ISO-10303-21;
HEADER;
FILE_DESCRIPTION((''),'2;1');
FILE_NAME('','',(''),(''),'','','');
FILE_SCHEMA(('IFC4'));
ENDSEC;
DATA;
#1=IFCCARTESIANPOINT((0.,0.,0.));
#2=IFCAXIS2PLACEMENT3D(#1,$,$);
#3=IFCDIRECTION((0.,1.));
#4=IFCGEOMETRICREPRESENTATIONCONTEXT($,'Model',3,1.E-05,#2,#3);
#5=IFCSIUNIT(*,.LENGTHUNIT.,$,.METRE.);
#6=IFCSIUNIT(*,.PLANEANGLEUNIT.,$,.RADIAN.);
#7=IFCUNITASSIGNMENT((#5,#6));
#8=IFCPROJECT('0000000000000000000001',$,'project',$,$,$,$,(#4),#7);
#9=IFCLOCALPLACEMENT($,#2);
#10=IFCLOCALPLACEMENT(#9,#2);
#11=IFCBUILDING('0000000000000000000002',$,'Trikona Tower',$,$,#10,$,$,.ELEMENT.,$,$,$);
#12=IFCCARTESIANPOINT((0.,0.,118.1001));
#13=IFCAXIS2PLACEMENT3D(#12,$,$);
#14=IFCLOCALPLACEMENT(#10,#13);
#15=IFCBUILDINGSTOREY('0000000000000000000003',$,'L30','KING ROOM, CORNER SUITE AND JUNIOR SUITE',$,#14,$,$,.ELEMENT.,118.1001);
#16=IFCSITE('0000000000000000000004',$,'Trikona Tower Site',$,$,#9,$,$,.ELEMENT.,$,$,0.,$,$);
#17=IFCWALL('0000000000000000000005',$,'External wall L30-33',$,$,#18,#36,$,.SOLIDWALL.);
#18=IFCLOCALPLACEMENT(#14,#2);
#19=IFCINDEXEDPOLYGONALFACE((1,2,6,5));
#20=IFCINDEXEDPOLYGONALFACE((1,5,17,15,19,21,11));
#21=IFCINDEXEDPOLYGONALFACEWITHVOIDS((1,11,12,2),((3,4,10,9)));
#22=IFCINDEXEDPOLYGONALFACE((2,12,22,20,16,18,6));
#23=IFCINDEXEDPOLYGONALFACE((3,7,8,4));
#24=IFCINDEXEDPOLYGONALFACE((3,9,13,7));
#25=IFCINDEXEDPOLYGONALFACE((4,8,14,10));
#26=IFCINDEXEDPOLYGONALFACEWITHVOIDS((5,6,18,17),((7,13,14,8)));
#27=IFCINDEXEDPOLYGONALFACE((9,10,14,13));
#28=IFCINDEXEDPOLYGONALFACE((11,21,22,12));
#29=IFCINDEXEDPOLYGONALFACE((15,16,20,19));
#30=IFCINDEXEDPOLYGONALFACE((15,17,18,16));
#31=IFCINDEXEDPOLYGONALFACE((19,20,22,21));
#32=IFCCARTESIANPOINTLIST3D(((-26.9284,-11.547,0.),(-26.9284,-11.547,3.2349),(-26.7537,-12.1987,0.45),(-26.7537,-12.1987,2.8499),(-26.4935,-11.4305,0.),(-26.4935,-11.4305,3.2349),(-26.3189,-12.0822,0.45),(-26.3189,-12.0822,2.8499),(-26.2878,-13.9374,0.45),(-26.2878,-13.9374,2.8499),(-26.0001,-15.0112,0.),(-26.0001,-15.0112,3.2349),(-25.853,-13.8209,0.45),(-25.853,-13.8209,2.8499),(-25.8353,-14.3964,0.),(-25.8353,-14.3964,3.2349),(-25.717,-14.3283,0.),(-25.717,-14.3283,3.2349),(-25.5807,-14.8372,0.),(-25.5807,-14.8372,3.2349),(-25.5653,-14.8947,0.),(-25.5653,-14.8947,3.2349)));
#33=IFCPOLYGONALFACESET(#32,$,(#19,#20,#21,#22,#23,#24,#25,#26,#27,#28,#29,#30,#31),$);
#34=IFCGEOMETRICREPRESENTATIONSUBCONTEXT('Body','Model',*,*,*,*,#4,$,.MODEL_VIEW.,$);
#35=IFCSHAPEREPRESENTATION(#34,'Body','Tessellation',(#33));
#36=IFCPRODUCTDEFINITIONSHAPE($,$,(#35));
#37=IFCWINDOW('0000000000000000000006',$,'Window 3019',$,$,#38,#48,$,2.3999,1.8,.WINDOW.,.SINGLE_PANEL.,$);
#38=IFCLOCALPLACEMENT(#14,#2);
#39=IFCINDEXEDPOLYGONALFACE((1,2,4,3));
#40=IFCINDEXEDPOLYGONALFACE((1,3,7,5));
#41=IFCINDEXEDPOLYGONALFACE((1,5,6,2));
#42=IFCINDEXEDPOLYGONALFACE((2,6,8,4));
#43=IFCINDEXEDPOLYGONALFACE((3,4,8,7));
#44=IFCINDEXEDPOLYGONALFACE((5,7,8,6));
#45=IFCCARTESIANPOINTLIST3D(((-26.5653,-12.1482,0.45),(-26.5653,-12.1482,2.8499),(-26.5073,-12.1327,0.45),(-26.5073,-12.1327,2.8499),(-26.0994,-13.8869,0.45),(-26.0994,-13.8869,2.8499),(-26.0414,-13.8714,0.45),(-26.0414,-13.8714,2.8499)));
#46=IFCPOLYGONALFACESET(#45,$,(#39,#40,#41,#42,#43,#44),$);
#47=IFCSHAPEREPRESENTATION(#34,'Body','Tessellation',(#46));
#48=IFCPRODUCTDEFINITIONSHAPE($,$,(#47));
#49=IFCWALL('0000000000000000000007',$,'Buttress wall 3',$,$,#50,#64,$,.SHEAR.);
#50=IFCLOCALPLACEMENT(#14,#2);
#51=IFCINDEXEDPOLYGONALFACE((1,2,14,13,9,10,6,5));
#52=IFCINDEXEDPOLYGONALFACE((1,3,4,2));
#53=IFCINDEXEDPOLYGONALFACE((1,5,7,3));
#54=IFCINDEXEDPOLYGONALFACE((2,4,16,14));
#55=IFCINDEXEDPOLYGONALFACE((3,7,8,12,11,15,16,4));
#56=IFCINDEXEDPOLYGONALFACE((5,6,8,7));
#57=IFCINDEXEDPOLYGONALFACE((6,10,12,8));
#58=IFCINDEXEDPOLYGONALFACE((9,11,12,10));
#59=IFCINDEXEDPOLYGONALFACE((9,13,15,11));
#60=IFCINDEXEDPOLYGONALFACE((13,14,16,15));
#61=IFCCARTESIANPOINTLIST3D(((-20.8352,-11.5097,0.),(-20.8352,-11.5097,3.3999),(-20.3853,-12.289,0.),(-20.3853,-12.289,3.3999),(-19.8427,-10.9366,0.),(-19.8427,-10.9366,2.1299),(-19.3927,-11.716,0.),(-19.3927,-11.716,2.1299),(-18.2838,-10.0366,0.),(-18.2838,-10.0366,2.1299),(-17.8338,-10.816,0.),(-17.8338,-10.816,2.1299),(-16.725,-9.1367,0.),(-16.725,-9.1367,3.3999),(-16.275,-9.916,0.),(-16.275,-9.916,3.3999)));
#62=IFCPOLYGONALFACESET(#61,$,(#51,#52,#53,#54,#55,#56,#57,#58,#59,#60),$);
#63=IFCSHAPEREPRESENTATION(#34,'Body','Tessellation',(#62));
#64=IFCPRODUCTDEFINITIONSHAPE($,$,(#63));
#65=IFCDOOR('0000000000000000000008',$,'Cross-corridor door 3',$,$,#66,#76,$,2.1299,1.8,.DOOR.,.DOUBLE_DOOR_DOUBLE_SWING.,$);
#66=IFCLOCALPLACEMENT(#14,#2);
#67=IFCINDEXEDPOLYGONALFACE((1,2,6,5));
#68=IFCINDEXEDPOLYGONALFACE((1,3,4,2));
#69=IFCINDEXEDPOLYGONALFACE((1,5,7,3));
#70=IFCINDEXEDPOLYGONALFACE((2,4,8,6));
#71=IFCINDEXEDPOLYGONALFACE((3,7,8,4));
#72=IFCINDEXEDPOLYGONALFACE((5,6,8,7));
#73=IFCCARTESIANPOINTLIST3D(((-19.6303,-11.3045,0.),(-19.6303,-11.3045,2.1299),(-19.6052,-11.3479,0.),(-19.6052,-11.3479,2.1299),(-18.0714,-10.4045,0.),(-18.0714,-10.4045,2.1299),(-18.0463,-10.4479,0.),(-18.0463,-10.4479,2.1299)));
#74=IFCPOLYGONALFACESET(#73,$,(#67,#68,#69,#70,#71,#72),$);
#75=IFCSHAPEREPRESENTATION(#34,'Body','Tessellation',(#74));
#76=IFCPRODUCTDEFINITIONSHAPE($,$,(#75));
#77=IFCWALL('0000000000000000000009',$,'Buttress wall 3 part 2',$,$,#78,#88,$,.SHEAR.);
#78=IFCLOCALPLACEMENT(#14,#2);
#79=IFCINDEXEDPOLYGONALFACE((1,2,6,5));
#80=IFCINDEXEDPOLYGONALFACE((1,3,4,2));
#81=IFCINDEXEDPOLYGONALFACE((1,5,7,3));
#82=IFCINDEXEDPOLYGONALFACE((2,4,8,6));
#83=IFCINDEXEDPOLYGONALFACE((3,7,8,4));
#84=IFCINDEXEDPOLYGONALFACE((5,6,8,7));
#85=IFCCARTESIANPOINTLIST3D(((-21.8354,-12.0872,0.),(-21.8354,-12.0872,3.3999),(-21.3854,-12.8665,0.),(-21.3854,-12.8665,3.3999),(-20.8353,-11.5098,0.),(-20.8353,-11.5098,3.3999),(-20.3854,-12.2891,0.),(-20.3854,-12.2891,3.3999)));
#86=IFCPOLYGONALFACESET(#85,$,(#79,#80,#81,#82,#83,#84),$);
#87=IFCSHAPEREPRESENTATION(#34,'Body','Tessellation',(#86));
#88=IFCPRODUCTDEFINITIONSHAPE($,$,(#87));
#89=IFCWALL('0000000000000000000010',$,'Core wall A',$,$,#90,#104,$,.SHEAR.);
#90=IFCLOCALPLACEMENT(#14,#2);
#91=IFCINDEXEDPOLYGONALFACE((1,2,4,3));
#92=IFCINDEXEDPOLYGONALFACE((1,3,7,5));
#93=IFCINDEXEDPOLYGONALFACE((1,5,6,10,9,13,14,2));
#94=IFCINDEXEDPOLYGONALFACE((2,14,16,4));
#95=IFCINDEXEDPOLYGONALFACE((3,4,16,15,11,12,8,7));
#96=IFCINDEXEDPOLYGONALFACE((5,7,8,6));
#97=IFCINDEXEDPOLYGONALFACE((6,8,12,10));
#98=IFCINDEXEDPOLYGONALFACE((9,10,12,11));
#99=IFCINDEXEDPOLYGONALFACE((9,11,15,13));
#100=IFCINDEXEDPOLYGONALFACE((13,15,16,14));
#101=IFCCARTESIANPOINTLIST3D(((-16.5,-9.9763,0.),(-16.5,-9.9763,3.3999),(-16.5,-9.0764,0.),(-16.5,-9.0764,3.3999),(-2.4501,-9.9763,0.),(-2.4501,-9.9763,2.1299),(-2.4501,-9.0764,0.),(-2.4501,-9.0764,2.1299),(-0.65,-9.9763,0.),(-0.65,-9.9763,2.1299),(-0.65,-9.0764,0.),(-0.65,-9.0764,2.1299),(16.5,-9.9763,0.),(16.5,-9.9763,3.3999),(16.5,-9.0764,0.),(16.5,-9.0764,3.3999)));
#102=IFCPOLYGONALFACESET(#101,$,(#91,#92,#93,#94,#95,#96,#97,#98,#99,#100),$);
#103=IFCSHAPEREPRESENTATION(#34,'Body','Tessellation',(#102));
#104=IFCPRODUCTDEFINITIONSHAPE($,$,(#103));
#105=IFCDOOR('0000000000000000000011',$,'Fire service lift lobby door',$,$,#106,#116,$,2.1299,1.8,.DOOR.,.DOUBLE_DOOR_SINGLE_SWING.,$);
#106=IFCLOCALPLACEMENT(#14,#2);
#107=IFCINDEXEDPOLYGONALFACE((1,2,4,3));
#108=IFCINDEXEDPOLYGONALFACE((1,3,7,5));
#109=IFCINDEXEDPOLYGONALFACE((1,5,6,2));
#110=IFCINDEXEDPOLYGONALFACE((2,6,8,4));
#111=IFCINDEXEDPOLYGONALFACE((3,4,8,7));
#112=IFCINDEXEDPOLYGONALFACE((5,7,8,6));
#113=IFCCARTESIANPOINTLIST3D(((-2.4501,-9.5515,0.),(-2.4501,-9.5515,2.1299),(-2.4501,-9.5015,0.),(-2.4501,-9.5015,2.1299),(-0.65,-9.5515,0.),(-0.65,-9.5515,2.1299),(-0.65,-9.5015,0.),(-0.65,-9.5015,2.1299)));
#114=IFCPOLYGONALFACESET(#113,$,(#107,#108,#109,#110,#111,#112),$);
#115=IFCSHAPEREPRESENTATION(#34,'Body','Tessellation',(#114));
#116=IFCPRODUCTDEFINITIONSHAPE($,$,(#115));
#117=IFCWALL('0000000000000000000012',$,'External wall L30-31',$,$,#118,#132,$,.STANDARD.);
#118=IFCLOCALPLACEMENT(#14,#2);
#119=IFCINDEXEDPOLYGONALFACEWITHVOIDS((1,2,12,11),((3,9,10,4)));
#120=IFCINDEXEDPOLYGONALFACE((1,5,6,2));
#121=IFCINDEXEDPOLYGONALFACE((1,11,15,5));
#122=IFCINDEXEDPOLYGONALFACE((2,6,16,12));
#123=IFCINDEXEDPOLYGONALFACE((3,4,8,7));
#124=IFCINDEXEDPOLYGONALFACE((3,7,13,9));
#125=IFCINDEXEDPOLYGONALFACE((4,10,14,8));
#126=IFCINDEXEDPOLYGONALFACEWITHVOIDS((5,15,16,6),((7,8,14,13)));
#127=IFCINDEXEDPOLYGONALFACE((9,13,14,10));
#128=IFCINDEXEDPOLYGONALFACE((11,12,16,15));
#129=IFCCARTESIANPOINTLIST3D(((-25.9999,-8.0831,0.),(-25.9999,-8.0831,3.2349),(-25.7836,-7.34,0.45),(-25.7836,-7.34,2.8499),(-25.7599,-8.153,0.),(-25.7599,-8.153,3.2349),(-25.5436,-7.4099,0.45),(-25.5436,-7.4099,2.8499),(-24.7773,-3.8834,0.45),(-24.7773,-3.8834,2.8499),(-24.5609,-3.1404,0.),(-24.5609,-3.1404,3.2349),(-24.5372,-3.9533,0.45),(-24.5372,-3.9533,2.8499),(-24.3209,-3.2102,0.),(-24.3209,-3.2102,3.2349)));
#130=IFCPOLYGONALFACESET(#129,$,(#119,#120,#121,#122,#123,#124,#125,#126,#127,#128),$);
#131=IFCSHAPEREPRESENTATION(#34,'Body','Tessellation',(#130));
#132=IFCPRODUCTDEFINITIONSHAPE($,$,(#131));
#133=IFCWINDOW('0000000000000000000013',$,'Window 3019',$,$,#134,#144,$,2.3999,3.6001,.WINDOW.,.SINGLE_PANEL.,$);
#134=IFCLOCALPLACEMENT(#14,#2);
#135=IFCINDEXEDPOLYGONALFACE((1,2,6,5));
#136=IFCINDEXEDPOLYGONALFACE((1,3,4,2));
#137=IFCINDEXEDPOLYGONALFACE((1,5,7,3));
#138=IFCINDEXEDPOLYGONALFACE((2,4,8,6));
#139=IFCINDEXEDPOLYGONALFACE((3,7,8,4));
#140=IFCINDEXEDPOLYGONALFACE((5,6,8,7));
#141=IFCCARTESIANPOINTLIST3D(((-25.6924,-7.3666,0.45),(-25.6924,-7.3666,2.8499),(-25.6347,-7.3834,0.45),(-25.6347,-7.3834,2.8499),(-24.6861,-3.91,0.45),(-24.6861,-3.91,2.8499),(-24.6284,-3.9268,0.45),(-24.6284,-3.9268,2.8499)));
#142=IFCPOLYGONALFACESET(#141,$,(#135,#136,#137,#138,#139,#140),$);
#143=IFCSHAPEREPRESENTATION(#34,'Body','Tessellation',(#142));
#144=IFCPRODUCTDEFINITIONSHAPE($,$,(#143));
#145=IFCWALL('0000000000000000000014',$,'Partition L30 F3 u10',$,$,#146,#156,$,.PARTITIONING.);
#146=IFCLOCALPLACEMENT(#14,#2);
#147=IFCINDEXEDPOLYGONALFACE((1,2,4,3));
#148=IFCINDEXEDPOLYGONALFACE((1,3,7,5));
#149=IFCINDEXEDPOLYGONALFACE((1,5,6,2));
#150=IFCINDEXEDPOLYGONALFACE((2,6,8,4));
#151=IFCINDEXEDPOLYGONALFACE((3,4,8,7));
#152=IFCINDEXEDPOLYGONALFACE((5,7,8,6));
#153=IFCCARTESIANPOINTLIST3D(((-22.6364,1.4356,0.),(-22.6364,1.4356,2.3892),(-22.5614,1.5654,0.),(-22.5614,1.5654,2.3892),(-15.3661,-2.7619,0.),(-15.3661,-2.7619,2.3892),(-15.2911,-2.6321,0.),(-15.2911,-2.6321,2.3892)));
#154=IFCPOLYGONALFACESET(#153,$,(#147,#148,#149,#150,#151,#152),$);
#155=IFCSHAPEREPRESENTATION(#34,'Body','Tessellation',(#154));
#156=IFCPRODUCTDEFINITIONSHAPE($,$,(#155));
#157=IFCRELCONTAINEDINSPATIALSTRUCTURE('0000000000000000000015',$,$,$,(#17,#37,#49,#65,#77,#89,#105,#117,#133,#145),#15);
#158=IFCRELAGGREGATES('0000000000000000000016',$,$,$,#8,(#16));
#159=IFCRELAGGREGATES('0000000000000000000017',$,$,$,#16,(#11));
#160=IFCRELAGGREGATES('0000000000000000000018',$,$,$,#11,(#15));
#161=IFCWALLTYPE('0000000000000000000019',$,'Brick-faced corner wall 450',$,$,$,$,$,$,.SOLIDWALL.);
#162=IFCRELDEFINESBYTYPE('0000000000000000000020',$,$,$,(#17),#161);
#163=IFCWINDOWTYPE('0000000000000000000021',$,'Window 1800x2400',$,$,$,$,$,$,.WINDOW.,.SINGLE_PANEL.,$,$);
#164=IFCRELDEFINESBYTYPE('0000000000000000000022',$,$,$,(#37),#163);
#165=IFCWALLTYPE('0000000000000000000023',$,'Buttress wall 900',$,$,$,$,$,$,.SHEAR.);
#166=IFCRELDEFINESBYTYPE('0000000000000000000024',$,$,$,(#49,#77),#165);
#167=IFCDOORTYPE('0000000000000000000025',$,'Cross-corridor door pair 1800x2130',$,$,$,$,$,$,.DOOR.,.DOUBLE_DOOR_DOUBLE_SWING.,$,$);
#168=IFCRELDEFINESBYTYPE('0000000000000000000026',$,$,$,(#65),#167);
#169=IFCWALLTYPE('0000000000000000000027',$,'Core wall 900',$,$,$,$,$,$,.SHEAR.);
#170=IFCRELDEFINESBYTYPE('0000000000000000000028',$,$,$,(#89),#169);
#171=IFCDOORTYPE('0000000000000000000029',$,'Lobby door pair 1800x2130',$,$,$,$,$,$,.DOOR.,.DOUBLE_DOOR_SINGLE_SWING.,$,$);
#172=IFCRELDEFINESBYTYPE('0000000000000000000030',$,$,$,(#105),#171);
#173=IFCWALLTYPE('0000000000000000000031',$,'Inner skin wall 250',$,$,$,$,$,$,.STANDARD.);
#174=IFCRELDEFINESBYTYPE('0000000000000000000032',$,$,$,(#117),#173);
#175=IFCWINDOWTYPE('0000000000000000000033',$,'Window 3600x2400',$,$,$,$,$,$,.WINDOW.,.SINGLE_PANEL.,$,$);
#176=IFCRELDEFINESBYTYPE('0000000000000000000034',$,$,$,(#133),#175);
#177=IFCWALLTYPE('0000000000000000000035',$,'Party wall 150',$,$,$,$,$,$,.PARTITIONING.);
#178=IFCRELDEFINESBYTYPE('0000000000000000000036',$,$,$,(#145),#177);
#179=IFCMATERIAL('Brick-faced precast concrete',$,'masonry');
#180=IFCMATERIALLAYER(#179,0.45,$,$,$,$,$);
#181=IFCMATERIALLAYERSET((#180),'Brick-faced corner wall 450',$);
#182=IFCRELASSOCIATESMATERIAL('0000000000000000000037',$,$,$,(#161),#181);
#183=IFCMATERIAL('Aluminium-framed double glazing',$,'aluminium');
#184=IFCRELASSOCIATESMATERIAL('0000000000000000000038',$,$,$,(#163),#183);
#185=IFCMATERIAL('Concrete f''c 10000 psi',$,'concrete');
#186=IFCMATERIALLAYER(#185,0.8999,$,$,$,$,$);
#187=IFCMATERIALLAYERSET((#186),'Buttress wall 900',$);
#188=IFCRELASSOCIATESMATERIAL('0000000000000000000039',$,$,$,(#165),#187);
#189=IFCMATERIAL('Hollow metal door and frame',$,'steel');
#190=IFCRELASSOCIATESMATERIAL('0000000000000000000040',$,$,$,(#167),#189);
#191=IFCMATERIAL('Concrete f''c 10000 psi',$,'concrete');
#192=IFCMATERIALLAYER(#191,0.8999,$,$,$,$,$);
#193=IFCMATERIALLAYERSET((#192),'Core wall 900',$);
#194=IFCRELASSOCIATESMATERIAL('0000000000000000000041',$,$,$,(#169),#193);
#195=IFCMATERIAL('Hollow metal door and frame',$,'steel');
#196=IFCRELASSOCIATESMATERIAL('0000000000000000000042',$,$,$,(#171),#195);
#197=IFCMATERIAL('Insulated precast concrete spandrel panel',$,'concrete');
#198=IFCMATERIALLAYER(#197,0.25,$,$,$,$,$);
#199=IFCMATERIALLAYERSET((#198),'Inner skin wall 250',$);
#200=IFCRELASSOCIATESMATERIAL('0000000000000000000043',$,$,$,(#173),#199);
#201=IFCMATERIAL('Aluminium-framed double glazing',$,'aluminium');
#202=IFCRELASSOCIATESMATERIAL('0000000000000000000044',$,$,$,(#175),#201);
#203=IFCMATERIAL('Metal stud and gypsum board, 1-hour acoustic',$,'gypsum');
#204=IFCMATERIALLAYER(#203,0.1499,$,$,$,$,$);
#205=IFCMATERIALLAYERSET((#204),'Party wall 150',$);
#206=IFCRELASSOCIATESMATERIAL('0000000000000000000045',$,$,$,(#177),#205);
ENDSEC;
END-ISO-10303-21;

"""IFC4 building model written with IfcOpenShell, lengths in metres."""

from ifc_helpers import new_model, si_unit, direction, frame, frame_2d, origin, place, context, subcontext, project, spatial, polyline, rectangle, outline, extrude, material, layer, layer_set, type_object, element, fill, save


model = new_model("IFC4")

# Units and contexts
model_context = context("Model", 3, precision=1e-05, world=origin(), true_north=direction((0.0, 1.0)))
body_context = subcontext(model_context, "Body", "Model", "MODEL_VIEW")
ifc_project = project(units=[si_unit("LENGTHUNIT", "METRE"), si_unit("PLANEANGLEUNIT", "RADIAN")], contexts=[model_context])

# Site, building, storey
site_placement = place(None, origin())
site = spatial("IfcSite", under=ifc_project, at=site_placement, Name="Trikona Tower Site", CompositionType="ELEMENT", RefElevation=0.0)
building_placement = place(site_placement, origin())
building = spatial("IfcBuilding", under=site, at=building_placement, Name="Trikona Tower", CompositionType="ELEMENT")
storey_placement = place(building_placement, frame((0.0, 0.0, 118.1001)))
storey = spatial("IfcBuildingStorey", under=building, at=storey_placement, Name="L30", Description="KING ROOM, CORNER SUITE AND JUNIOR SUITE", CompositionType="ELEMENT", Elevation=118.1001)

# Wall, opening, window
ifc_material_1 = material(Name="Brick-faced precast concrete", Category="masonry")
ifc_layer_1 = layer(ifc_material_1, 0.45)
ifc_layer_set_1 = layer_set([ifc_layer_1], Name="Brick-faced corner wall 450")
wall_type_1 = type_object("IfcWallType", Name="Brick-faced corner wall 450", PredefinedType="SOLIDWALL", material=ifc_layer_set_1)
wall_1_placement = place(storey_placement, frame((-26.7109, -11.4888, 0.0), z_axis=(0.0, 0.0, 1.0), x_axis=(0.258823, -0.965925, 0.0)))
wall_1 = element("IfcWall", 1, at=wall_1_placement, inside=storey, type_object=wall_type_1, Name="External wall L30-33", PredefinedType="SOLIDWALL", context=body_context, shape_type="SweptSolid", body=[
    extrude(outline(polyline([(3.5864, 0.2251), (3.5269, 0.2251), (3.0352, 0.0933), (3.0, 0.2251), (0.0, 0.2251), (0.0, -0.2251), (3.5864, -0.2251), (3.5864, 0.2251)])), origin(), (0.0, 0.0, 1.0), 3.2349),
])
opening_1_placement = place(wall_1_placement, frame((0.6748, 0.0, 0.45)))
opening_1 = element("IfcOpeningElement", 2, at=opening_1_placement, cuts=wall_1, PredefinedType="OPENING", context=body_context, shape_type="SweptSolid", body=[
    extrude(rectangle(XDim=1.8, YDim=2.3999, at=frame_2d((0.8999, 1.2))), frame((0.0, 0.2349, 0.0), z_axis=(0.0, -1.0, 0.0), x_axis=(1.0, 0.0, 0.0)), (0.0, 0.0, 1.0), 0.47),
])
ifc_material_2 = material(Name="Aluminium-framed double glazing", Category="aluminium")
window_type_1 = type_object("IfcWindowType", Name="Window 1800x2400", PartitioningType="SINGLE_PANEL", PredefinedType="WINDOW", material=ifc_material_2)
window_1_placement = place(opening_1_placement, origin())
window_1 = element("IfcWindow", 3, at=window_1_placement, inside=storey, type_object=window_type_1, Name="Window 3019", OverallHeight=2.3999, OverallWidth=1.8, PartitioningType="SINGLE_PANEL", PredefinedType="WINDOW", context=body_context, shape_type="SweptSolid", body=[
    extrude(rectangle(XDim=1.8, YDim=2.3999, at=frame_2d((0.8999, 1.2))), frame((0.0, 0.03, 0.0), z_axis=(0.0, -1.0, 0.0), x_axis=(1.0, 0.0, 0.0)), (0.0, 0.0, 1.0), 0.0601),
])
fill(opening_1, window_1)

# Wall, opening, door
ifc_material_3 = material(Name="Concrete f'c 10000 psi", Category="concrete")
ifc_layer_2 = layer(ifc_material_3, 0.8999)
ifc_layer_set_2 = layer_set([ifc_layer_2], Name="Buttress wall 900")
wall_type_2 = type_object("IfcWallType", Name="Buttress wall 900", PredefinedType="SHEAR", material=ifc_layer_set_2)
wall_2_placement = place(storey_placement, frame((-16.5, -9.5264, 0.0), z_axis=(0.0, 0.0, 1.0), x_axis=(-0.866031, -0.49999, 0.0)))
wall_2 = element("IfcWall", 4, at=wall_2_placement, inside=storey, type_object=wall_type_2, Name="Buttress wall 3", PredefinedType="SHEAR", context=body_context, shape_type="SweptSolid", body=[
    extrude(rectangle(XDim=4.7461, YDim=0.8999, at=frame_2d((2.373, 0.0))), origin(), (0.0, 0.0, 1.0), 3.3999),
])
opening_2_placement = place(wall_2_placement, frame((1.8, 0.0, 0.0)))
opening_2 = element("IfcOpeningElement", 5, at=opening_2_placement, cuts=wall_2, PredefinedType="OPENING", context=body_context, shape_type="SweptSolid", body=[
    extrude(rectangle(XDim=1.8, YDim=2.1299, at=frame_2d((0.8999, 1.0649))), frame((0.0, 0.46, 0.0), z_axis=(0.0, -1.0, 0.0), x_axis=(1.0, 0.0, 0.0)), (0.0, 0.0, 1.0), 0.9199),
])
ifc_material_4 = material(Name="Hollow metal door and frame", Category="steel")
door_type_1 = type_object("IfcDoorType", Name="Cross-corridor door pair 1800x2130", OperationType="DOUBLE_DOOR_DOUBLE_SWING", PredefinedType="DOOR", material=ifc_material_4)
door_1_placement = place(opening_2_placement, origin())
door_1 = element("IfcDoor", 6, at=door_1_placement, inside=storey, type_object=door_type_1, Name="Cross-corridor door 3", OperationType="DOUBLE_DOOR_DOUBLE_SWING", OverallHeight=2.1299, OverallWidth=1.8, PredefinedType="DOOR", context=body_context, shape_type="SweptSolid", body=[
    extrude(rectangle(XDim=1.8, YDim=2.1299, at=frame_2d((0.8999, 1.0649))), frame((0.0, 0.0249, 0.0), z_axis=(0.0, -1.0, 0.0), x_axis=(1.0, 0.0, 0.0)), (0.0, 0.0, 1.0), 0.05),
])
fill(opening_2, door_1)

# Wall
wall_3_placement = place(storey_placement, frame((-20.6104, -11.8994, 0.0), z_axis=(0.0, 0.0, 1.0), x_axis=(-0.86601, -0.500027, 0.0)))
element("IfcWall", 7, at=wall_3_placement, inside=storey, type_object=wall_type_2, Name="Buttress wall 3 part 2", PredefinedType="SHEAR", context=body_context, shape_type="SweptSolid", body=[
    extrude(rectangle(XDim=1.1548, YDim=0.8999, at=frame_2d((0.5774, 0.0))), origin(), (0.0, 0.0, 1.0), 3.3999),
])

# Wall, opening, door
ifc_material_5 = material(Name="Concrete f'c 10000 psi", Category="concrete")
ifc_layer_3 = layer(ifc_material_5, 0.8999)
ifc_layer_set_3 = layer_set([ifc_layer_3], Name="Core wall 900")
wall_type_3 = type_object("IfcWallType", Name="Core wall 900", PredefinedType="SHEAR", material=ifc_layer_set_3)
wall_4_placement = place(storey_placement, frame((-16.5, -9.5264, 0.0), z_axis=(0.0, 0.0, 1.0), x_axis=(1.0, 0.0, 0.0)))
wall_4 = element("IfcWall", 8, at=wall_4_placement, inside=storey, type_object=wall_type_3, Name="Core wall A", PredefinedType="SHEAR", context=body_context, shape_type="SweptSolid", body=[
    extrude(rectangle(XDim=33.0, YDim=0.8999, at=frame_2d((16.5, 0.0))), origin(), (0.0, 0.0, 1.0), 3.3999),
])
opening_3_placement = place(wall_4_placement, frame((14.05, 0.0, 0.0)))
opening_3 = element("IfcOpeningElement", 9, at=opening_3_placement, cuts=wall_4, PredefinedType="OPENING", context=body_context, shape_type="SweptSolid", body=[
    extrude(rectangle(XDim=1.8, YDim=2.1299, at=frame_2d((0.8999, 1.0649))), frame((0.0, 0.46, 0.0), z_axis=(0.0, -1.0, 0.0), x_axis=(1.0, 0.0, 0.0)), (0.0, 0.0, 1.0), 0.9199),
])
ifc_material_6 = material(Name="Hollow metal door and frame", Category="steel")
door_type_2 = type_object("IfcDoorType", Name="Lobby door pair 1800x2130", OperationType="DOUBLE_DOOR_SINGLE_SWING", PredefinedType="DOOR", material=ifc_material_6)
door_2_placement = place(opening_3_placement, origin())
door_2 = element("IfcDoor", 10, at=door_2_placement, inside=storey, type_object=door_type_2, Name="Fire service lift lobby door", OperationType="DOUBLE_DOOR_SINGLE_SWING", OverallHeight=2.1299, OverallWidth=1.8, PredefinedType="DOOR", context=body_context, shape_type="SweptSolid", body=[
    extrude(rectangle(XDim=1.8, YDim=2.1299, at=frame_2d((0.8999, 1.0649))), frame((0.0, 0.0249, 0.0), z_axis=(0.0, -1.0, 0.0), x_axis=(1.0, 0.0, 0.0)), (0.0, 0.0, 1.0), 0.05),
])
fill(opening_3, door_2)

# Wall, opening, window
ifc_material_7 = material(Name="Insulated precast concrete spandrel panel", Category="concrete")
ifc_layer_4 = layer(ifc_material_7, 0.25)
ifc_layer_set_4 = layer_set([ifc_layer_4], Name="Inner skin wall 250")
wall_type_4 = type_object("IfcWallType", Name="Inner skin wall 250", PredefinedType="STANDARD", material=ifc_layer_set_4)
wall_5_placement = place(storey_placement, frame((-24.4409, -3.1753, 0.0), z_axis=(0.0, 0.0, 1.0), x_axis=(-0.279528, -0.960137, 0.0)))
wall_5 = element("IfcWall", 11, at=wall_5_placement, inside=storey, type_object=wall_type_4, Name="External wall L30-31", PredefinedType="STANDARD", context=body_context, shape_type="SweptSolid", body=[
    extrude(rectangle(XDim=5.1479, YDim=0.25, at=frame_2d((2.574, 0.0))), origin(), (0.0, 0.0, 1.0), 3.2349),
])
opening_4_placement = place(wall_5_placement, frame((0.7739, 0.0, 0.45)))
opening_4 = element("IfcOpeningElement", 12, at=opening_4_placement, cuts=wall_5, PredefinedType="OPENING", context=body_context, shape_type="SweptSolid", body=[
    extrude(rectangle(XDim=3.6001, YDim=2.3999, at=frame_2d((1.8, 1.2))), frame((0.0, 0.135, 0.0), z_axis=(0.0, -1.0, 0.0), x_axis=(1.0, 0.0, 0.0)), (0.0, 0.0, 1.0), 0.27),
])
ifc_material_8 = material(Name="Aluminium-framed double glazing", Category="aluminium")
window_type_2 = type_object("IfcWindowType", Name="Window 3600x2400", PartitioningType="SINGLE_PANEL", PredefinedType="WINDOW", material=ifc_material_8)
window_2_placement = place(opening_4_placement, origin())
window_2 = element("IfcWindow", 13, at=window_2_placement, inside=storey, type_object=window_type_2, Name="Window 3019", OverallHeight=2.3999, OverallWidth=3.6001, PartitioningType="SINGLE_PANEL", PredefinedType="WINDOW", context=body_context, shape_type="SweptSolid", body=[
    extrude(rectangle(XDim=3.6001, YDim=2.3999, at=frame_2d((1.8, 1.2))), frame((0.0, 0.03, 0.0), z_axis=(0.0, -1.0, 0.0), x_axis=(1.0, 0.0, 0.0)), (0.0, 0.0, 1.0), 0.0601),
])
fill(opening_4, window_2)

# Wall
ifc_material_9 = material(Name="Metal stud and gypsum board, 1-hour acoustic", Category="gypsum")
ifc_layer_5 = layer(ifc_material_9, 0.1499)
ifc_layer_set_5 = layer_set([ifc_layer_5], Name="Party wall 150")
wall_type_5 = type_object("IfcWallType", Name="Party wall 150", PredefinedType="PARTITIONING", material=ifc_layer_set_5)
wall_6_placement = place(storey_placement, frame((-15.3286, -2.697, 0.0), z_axis=(0.0, 0.0, 1.0), x_axis=(-0.866024, 0.500002, 0.0)))
element("IfcWall", 14, at=wall_6_placement, inside=storey, type_object=wall_type_5, Name="Partition L30 F3 u10", PredefinedType="PARTITIONING", context=body_context, shape_type="SweptSolid", body=[
    extrude(rectangle(XDim=8.395, YDim=0.1499, at=frame_2d((4.1975, 0.0))), origin(), (0.0, 0.0, 1.0), 2.3892),
])

save(model, "model.ifc")
